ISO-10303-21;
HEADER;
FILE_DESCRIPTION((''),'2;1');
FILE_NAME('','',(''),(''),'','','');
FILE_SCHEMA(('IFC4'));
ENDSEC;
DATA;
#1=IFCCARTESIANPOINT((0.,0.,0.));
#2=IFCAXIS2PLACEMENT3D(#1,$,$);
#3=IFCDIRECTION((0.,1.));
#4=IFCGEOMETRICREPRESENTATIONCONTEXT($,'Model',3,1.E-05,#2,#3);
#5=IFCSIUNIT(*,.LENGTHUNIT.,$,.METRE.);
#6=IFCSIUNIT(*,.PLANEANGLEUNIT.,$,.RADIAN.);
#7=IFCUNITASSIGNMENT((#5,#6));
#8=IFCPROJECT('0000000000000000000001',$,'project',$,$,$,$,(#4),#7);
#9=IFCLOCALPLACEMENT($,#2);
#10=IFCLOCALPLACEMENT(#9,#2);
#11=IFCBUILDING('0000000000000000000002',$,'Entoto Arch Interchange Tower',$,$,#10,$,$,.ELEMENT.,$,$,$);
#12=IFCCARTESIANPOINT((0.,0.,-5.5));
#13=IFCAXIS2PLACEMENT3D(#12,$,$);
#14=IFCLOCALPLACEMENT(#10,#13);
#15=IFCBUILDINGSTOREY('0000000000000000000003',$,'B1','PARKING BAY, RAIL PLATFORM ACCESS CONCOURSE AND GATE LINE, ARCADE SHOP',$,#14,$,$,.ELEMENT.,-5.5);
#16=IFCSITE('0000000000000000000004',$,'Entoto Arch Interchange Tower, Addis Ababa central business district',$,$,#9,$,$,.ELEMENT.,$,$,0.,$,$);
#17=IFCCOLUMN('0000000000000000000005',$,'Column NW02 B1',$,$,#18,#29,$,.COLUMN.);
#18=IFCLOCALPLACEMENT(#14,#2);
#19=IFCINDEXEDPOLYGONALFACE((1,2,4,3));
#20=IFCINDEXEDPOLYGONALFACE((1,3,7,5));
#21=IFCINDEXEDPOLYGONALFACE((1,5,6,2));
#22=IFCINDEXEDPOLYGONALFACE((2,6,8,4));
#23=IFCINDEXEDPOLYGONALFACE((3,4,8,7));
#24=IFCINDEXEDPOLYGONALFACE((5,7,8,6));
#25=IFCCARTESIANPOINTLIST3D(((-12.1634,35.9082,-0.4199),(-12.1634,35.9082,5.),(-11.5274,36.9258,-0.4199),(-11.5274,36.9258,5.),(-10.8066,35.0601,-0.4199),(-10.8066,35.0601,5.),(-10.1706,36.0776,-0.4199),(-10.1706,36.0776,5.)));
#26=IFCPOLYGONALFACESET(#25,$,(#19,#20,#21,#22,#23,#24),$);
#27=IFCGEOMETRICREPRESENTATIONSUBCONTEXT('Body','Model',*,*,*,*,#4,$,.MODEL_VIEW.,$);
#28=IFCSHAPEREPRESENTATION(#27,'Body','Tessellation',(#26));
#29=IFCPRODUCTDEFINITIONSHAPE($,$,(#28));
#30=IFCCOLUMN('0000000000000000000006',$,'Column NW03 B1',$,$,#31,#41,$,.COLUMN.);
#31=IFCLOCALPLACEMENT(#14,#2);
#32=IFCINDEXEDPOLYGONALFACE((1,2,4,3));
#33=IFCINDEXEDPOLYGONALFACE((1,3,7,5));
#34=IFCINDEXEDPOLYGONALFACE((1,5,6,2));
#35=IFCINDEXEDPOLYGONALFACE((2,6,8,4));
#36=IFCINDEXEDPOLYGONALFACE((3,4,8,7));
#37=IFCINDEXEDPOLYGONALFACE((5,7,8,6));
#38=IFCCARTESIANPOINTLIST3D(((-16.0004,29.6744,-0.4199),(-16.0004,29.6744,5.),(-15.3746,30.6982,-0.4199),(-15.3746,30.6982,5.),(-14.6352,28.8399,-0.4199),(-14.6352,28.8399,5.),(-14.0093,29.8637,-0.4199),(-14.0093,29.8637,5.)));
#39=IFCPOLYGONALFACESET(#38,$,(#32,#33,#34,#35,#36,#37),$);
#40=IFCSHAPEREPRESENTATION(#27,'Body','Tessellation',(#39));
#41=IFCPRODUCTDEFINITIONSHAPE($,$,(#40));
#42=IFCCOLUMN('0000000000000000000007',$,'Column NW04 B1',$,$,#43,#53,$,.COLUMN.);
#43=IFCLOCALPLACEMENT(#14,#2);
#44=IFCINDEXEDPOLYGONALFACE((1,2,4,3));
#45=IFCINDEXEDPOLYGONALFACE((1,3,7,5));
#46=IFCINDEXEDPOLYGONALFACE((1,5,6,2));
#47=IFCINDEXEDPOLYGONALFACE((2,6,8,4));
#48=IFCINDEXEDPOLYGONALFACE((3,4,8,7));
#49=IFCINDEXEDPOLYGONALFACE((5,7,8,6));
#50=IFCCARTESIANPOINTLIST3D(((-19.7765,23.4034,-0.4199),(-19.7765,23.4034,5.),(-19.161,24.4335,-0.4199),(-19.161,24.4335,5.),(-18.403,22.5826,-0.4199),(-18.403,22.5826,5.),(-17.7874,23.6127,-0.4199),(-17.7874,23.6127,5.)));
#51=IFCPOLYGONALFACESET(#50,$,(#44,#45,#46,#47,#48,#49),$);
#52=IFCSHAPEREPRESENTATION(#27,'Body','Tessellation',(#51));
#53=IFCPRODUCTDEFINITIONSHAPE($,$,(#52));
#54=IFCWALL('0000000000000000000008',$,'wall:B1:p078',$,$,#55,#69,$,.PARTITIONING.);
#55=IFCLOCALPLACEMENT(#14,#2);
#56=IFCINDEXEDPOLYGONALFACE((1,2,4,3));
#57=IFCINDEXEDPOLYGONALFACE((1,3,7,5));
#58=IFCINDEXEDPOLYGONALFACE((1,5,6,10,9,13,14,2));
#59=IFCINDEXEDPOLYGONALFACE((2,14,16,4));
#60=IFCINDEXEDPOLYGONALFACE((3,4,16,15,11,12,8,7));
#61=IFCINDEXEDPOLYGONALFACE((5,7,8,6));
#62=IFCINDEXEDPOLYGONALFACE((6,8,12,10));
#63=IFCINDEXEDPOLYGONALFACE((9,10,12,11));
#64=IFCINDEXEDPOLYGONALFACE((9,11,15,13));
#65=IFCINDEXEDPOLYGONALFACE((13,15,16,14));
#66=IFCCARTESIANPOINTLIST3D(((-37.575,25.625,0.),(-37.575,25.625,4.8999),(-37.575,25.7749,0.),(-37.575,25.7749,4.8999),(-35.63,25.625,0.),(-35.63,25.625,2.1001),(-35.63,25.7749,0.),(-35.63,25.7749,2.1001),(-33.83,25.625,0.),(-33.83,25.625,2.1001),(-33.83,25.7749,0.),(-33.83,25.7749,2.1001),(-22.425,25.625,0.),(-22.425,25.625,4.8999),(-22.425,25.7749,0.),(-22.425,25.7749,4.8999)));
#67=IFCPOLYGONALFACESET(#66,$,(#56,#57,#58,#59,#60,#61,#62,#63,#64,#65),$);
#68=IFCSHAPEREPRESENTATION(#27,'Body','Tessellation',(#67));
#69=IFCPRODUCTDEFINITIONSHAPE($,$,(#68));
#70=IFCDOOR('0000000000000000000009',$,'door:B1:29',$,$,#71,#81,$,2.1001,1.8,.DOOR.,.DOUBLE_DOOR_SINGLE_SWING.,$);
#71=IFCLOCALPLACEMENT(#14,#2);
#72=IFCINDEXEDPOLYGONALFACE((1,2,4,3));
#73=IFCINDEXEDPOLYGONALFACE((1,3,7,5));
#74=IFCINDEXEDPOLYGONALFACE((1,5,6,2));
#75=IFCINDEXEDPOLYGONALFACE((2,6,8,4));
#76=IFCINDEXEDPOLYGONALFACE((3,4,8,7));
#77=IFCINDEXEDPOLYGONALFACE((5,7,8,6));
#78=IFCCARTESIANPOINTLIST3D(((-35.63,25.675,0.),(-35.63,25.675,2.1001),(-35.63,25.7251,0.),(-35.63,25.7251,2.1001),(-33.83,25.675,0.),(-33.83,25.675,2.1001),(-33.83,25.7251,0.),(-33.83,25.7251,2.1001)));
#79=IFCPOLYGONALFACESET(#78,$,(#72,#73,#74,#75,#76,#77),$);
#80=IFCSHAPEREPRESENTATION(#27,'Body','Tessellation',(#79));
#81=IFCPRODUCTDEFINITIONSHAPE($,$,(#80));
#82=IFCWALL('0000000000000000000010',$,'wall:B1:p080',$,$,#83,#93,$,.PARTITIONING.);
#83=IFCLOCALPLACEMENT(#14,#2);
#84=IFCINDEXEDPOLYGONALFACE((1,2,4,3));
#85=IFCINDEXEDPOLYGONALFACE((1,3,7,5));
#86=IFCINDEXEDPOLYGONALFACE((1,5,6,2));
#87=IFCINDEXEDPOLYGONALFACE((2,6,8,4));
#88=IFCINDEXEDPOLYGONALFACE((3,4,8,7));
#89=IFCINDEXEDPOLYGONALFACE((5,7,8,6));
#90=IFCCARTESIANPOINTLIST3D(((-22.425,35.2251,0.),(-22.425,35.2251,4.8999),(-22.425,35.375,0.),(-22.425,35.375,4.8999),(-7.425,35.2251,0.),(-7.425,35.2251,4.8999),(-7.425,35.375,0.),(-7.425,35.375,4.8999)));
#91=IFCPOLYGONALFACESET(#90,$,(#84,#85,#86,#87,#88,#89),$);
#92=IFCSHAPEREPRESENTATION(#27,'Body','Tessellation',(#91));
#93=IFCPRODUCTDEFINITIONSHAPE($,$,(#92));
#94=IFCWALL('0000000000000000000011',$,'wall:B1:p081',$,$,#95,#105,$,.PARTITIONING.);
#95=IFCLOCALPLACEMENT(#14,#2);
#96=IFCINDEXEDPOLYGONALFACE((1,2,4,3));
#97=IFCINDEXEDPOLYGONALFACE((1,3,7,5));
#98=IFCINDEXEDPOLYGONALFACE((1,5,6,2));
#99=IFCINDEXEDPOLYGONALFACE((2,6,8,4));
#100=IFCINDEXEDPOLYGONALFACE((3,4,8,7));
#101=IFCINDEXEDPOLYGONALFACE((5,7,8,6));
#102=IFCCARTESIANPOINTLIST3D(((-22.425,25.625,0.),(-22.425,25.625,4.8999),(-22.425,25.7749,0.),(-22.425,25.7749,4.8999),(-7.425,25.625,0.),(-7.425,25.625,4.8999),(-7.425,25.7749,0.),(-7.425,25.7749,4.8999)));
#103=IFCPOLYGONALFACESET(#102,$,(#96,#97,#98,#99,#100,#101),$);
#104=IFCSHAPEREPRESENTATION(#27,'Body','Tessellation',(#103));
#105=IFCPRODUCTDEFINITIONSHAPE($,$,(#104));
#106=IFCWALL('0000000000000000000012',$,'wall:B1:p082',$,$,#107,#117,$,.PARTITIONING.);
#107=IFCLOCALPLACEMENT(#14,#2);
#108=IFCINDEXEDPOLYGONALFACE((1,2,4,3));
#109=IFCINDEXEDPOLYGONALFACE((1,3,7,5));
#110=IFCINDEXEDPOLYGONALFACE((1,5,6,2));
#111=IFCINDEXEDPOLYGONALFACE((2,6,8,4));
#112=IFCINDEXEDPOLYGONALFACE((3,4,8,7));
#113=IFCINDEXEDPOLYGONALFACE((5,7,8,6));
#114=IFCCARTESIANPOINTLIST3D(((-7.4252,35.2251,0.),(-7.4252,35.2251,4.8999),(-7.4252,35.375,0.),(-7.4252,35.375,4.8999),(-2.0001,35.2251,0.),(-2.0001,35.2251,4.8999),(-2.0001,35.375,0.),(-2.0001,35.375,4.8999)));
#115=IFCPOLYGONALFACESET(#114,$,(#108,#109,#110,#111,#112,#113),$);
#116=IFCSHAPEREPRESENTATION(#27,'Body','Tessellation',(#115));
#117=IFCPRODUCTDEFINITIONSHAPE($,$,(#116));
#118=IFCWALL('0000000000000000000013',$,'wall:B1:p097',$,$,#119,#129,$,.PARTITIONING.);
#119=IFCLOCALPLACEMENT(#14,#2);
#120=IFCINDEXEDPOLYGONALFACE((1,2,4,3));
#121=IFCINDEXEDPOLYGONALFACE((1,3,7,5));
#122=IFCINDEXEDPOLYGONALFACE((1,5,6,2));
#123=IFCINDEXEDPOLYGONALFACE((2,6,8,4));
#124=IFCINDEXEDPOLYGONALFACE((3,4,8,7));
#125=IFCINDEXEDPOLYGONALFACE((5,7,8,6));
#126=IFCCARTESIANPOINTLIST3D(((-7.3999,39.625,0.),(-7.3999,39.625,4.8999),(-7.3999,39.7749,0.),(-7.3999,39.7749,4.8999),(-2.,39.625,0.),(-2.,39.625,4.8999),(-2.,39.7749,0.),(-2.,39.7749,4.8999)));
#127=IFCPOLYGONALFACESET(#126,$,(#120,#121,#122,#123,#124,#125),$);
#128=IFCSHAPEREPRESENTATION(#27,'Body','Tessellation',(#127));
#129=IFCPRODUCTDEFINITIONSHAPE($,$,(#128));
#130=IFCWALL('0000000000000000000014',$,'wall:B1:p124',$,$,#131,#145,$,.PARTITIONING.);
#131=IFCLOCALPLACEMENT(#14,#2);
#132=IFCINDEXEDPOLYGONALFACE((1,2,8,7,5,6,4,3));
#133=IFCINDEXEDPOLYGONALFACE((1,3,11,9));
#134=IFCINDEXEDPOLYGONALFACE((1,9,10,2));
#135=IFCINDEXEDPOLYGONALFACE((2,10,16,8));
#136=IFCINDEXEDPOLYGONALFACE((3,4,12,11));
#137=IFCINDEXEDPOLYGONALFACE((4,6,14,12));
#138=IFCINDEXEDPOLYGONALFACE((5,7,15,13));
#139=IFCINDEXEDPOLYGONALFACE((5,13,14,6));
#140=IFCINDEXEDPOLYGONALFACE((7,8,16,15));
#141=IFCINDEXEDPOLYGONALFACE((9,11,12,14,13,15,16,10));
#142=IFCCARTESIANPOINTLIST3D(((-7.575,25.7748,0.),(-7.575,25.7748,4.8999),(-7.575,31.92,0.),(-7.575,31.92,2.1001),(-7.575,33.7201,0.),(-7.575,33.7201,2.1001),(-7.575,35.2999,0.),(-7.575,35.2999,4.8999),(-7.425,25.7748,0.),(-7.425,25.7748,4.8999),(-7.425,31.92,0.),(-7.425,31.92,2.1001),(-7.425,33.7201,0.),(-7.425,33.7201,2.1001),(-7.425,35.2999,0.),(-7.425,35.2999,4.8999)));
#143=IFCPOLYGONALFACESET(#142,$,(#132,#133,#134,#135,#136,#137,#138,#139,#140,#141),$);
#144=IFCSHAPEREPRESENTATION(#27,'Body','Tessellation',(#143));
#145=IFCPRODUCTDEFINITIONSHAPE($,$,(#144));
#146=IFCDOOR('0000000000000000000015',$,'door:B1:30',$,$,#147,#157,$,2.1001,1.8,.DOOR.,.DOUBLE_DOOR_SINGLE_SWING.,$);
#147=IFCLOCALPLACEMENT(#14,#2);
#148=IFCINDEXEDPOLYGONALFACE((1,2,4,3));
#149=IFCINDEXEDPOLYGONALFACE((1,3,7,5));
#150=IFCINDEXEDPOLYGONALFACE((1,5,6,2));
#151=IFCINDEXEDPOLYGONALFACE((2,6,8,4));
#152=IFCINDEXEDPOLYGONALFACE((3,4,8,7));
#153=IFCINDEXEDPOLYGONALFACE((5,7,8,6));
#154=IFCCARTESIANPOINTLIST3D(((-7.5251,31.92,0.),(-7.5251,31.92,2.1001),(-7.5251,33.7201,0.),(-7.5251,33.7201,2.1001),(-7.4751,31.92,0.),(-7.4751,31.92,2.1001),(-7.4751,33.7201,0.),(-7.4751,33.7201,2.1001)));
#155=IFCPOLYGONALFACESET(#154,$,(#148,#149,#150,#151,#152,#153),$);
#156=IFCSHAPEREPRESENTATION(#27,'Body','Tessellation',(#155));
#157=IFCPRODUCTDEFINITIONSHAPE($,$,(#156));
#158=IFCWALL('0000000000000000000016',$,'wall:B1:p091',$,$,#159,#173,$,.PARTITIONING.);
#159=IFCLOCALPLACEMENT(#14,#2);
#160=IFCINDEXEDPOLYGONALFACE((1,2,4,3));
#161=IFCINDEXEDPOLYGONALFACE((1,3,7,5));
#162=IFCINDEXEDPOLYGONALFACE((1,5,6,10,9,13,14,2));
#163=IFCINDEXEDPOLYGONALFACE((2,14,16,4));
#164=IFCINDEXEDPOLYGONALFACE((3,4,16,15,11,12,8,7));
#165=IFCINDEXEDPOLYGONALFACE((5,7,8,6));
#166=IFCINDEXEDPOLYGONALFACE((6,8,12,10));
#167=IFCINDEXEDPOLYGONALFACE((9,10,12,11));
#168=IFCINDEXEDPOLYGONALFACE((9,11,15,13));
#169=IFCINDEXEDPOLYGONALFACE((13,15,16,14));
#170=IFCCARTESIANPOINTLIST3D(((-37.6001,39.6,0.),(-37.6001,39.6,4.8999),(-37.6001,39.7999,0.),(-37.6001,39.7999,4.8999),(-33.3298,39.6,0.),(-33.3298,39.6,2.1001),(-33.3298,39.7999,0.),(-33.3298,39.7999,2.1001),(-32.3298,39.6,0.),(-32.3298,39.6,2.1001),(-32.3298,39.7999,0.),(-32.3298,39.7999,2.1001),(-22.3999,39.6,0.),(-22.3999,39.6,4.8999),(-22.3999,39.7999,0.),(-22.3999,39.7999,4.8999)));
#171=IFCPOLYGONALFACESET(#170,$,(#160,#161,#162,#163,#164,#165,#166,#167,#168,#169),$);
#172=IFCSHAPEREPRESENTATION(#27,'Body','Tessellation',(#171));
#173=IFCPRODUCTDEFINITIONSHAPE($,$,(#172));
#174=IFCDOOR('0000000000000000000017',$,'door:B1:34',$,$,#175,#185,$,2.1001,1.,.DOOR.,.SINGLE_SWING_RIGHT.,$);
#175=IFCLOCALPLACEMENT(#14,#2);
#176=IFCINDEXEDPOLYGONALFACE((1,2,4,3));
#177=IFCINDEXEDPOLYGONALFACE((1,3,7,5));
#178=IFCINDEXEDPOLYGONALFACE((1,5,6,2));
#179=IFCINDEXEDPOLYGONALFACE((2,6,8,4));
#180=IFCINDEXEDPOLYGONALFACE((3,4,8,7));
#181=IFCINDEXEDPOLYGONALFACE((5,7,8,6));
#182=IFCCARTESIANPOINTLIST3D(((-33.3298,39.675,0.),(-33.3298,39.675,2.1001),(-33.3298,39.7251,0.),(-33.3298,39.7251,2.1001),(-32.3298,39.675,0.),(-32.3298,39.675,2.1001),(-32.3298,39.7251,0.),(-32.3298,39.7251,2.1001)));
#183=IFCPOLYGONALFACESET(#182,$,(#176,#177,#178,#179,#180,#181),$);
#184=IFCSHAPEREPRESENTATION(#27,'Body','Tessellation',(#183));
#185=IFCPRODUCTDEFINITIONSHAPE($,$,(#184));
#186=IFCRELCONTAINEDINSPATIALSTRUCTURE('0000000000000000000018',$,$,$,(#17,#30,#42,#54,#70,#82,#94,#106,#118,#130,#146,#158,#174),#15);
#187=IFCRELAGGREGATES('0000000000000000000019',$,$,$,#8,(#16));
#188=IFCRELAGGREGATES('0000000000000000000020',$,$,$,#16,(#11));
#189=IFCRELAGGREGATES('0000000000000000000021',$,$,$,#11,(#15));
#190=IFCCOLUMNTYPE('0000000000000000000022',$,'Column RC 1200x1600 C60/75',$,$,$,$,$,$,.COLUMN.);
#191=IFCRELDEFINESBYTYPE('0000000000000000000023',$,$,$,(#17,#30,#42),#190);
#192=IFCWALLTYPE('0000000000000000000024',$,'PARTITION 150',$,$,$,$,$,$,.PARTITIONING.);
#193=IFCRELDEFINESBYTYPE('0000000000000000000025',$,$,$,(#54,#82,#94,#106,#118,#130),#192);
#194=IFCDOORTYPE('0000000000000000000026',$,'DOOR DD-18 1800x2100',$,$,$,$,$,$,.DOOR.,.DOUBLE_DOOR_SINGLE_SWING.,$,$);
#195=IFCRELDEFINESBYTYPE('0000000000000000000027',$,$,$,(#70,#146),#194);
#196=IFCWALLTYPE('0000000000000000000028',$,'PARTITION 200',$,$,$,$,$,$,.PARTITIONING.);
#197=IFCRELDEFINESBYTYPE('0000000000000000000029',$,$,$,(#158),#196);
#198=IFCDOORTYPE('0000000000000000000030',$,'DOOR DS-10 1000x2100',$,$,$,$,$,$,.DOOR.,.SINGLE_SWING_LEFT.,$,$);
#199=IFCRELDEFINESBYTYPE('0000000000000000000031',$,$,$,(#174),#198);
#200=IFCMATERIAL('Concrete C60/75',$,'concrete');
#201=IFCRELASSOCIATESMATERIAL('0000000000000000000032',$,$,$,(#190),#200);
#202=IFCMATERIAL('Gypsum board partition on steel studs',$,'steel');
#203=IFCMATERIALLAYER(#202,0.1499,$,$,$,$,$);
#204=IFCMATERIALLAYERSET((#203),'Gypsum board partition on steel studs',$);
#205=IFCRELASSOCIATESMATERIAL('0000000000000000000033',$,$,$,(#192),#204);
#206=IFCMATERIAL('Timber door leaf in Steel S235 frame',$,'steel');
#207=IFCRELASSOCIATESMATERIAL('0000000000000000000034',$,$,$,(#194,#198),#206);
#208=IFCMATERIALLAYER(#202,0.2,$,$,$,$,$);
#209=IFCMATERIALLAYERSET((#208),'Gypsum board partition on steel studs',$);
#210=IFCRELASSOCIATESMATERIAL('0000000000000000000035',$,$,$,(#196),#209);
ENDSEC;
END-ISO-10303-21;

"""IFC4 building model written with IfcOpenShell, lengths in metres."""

from ifc_helpers import new_model, si_unit, direction, frame, frame_2d, origin, origin_2d, place, context, subcontext, project, spatial, rectangle, extrude, material, layer, layer_set, material_profile, profile_set, type_object, element, fill, save


model = new_model("IFC4")

# Units and contexts
model_context = context("Model", 3, precision=1e-05, world=origin(), true_north=direction((0.0, 1.0)))
body_context = subcontext(model_context, "Body", "Model", "MODEL_VIEW")
ifc_project = project(units=[si_unit("LENGTHUNIT", "METRE"), si_unit("PLANEANGLEUNIT", "RADIAN")], contexts=[model_context])

# Site, building, storey
site_placement = place(None, origin())
site = spatial("IfcSite", under=ifc_project, at=site_placement, Name="Entoto Arch Interchange Tower, Addis Ababa central business district", CompositionType="ELEMENT", RefElevation=0.0)
building_placement = place(site_placement, origin())
building = spatial("IfcBuilding", under=site, at=building_placement, Name="Entoto Arch Interchange Tower", CompositionType="ELEMENT")
storey_placement = place(building_placement, frame((0.0, 0.0, -5.5)))
storey = spatial("IfcBuildingStorey", under=building, at=storey_placement, Name="B1", Description="PARKING BAY, RAIL PLATFORM ACCESS CONCOURSE AND GATE LINE, ARCADE SHOP", CompositionType="ELEMENT", Elevation=-5.5)

# Columns
ifc_material_1 = material(Name="Concrete C60/75", Category="concrete")
ifc_material_profile = material_profile(ifc_material_1, rectangle(XDim=1.2, YDim=1.6001, at=origin_2d()))
ifc_profile_set = profile_set([ifc_material_profile], Name="Concrete C60/75")
column_type = type_object("IfcColumnType", Name="Column RC 1200x1600 C60/75", PredefinedType="COLUMN", material=ifc_profile_set)
for number, where, z_axis, x_axis, name in (
    (1, (-11.167, 35.9929, -0.4199), (0.0, 0.0, 1.0), (0.530067, 0.847956, 0.0), "Column NW02 B1"),
    (2, (-15.0049, 29.769, -0.4199), (0.0, 0.0, 1.0), (0.521546, 0.853223, 0.0), "Column NW03 B1"),
    (3, (-18.782, 23.5081, -0.4199), (0.0, 0.0, 1.0), (0.512972, 0.858405, 0.0), "Column NW04 B1"),
):
    element("IfcColumn", number, at=place(storey_placement, frame(where, z_axis=z_axis, x_axis=x_axis)), inside=storey, type_object=column_type, Name=name, PredefinedType="COLUMN", context=body_context, shape_type="SweptSolid", body=[
        extrude(rectangle(XDim=1.2, YDim=1.6001, at=origin_2d()), origin(), (0.0, 0.0, 1.0), 5.4199),
    ])

# Wall, opening, door
ifc_material_2 = material(Name="Gypsum board partition on steel studs", Category="steel")
ifc_layer_1 = layer(ifc_material_2, 0.1499)
ifc_layer_set_1 = layer_set([ifc_layer_1], Name="Gypsum board partition on steel studs")
wall_type_1 = type_object("IfcWallType", Name="PARTITION 150", PredefinedType="PARTITIONING", material=ifc_layer_set_1)
wall_1_placement = place(storey_placement, frame((-22.425, 25.7, 0.0), z_axis=(0.0, 0.0, 1.0), x_axis=(-1.0, 0.0, 0.0)))
wall_1 = element("IfcWall", 4, at=wall_1_placement, inside=storey, type_object=wall_type_1, Name="wall:B1:p078", PredefinedType="PARTITIONING", context=body_context, shape_type="SweptSolid", body=[
    extrude(rectangle(XDim=15.1499, YDim=0.1499, at=frame_2d((7.575, 0.0))), origin(), (0.0, 0.0, 1.0), 4.8999),
])
opening_1_placement = place(wall_1_placement, frame((11.405, 0.0, 0.0)))
opening_1 = element("IfcOpeningElement", 5, at=opening_1_placement, cuts=wall_1, PredefinedType="OPENING", context=body_context, shape_type="SweptSolid", body=[
    extrude(rectangle(XDim=1.8, YDim=2.1001, at=frame_2d((0.8999, 1.05))), frame((0.0, 0.085, 0.0), z_axis=(0.0, -1.0, 0.0), x_axis=(1.0, 0.0, 0.0)), (0.0, 0.0, 1.0), 0.1699),
])
ifc_material_3 = material(Name="Timber door leaf in Steel S235 frame", Category="steel")
door_type_1 = type_object("IfcDoorType", Name="DOOR DD-18 1800x2100", OperationType="DOUBLE_DOOR_SINGLE_SWING", PredefinedType="DOOR", material=ifc_material_3)
door_1_placement = place(opening_1_placement, origin())
door_1 = element("IfcDoor", 6, at=door_1_placement, inside=storey, type_object=door_type_1, Name="door:B1:29", OperationType="DOUBLE_DOOR_SINGLE_SWING", OverallHeight=2.1001, OverallWidth=1.8, PredefinedType="DOOR", context=body_context, shape_type="SweptSolid", body=[
    extrude(rectangle(XDim=1.8, YDim=2.1001, at=frame_2d((0.8999, 1.05))), frame((0.0, 0.0249, 0.0), z_axis=(0.0, -1.0, 0.0), x_axis=(1.0, 0.0, 0.0)), (0.0, 0.0, 1.0), 0.05),
])
fill(opening_1, door_1)

# Walls
for number, where, z_axis, x_axis, name in (
    (7, (-22.425, 35.3, 0.0), (0.0, 0.0, 1.0), (1.0, 0.0, 0.0), "wall:B1:p080"),
    (8, (-7.425, 25.7, 0.0), (0.0, 0.0, 1.0), (-1.0, 0.0, 0.0), "wall:B1:p081"),
):
    element("IfcWall", number, at=place(storey_placement, frame(where, z_axis=z_axis, x_axis=x_axis)), inside=storey, type_object=wall_type_1, Name=name, PredefinedType="PARTITIONING", context=body_context, shape_type="SweptSolid", body=[
        extrude(rectangle(XDim=15.0, YDim=0.1499, at=frame_2d((7.5, 0.0))), origin(), (0.0, 0.0, 1.0), 4.8999),
    ])
wall_2_placement = place(storey_placement, frame((-7.425, 35.3, 0.0), z_axis=(0.0, 0.0, 1.0), x_axis=(1.0, 0.0, 0.0)))
element("IfcWall", 9, at=wall_2_placement, inside=storey, type_object=wall_type_1, Name="wall:B1:p082", PredefinedType="PARTITIONING", context=body_context, shape_type="SweptSolid", body=[
    extrude(rectangle(XDim=5.425, YDim=0.1499, at=frame_2d((2.7124, 0.0))), origin(), (0.0, 0.0, 1.0), 4.8999),
])
wall_3_placement = place(storey_placement, frame((-2.0, 39.7, 0.0), z_axis=(0.0, 0.0, 1.0), x_axis=(-1.0, 0.0, 0.0)))
element("IfcWall", 10, at=wall_3_placement, inside=storey, type_object=wall_type_1, Name="wall:B1:p097", PredefinedType="PARTITIONING", context=body_context, shape_type="SweptSolid", body=[
    extrude(rectangle(XDim=5.3999, YDim=0.1499, at=frame_2d((2.7, 0.0))), origin(), (0.0, 0.0, 1.0), 4.8999),
])

# Walls, openings, doors
wall_4_placement = place(storey_placement, frame((-7.5, 35.3, 0.0), z_axis=(0.0, 0.0, 1.0), x_axis=(0.0, -1.0, 0.0)))
wall_4 = element("IfcWall", 11, at=wall_4_placement, inside=storey, type_object=wall_type_1, Name="wall:B1:p124", PredefinedType="PARTITIONING", context=body_context, shape_type="SweptSolid", body=[
    extrude(rectangle(XDim=9.5251, YDim=0.1499, at=frame_2d((4.7627, 0.0))), origin(), (0.0, 0.0, 1.0), 4.8999),
])
opening_2_placement = place(wall_4_placement, frame((1.5801, 0.0, 0.0)))
opening_2 = element("IfcOpeningElement", 12, at=opening_2_placement, cuts=wall_4, PredefinedType="OPENING", context=body_context, shape_type="SweptSolid", body=[
    extrude(rectangle(XDim=1.8, YDim=2.1001, at=frame_2d((0.8999, 1.05))), frame((0.0, 0.085, 0.0), z_axis=(0.0, -1.0, 0.0), x_axis=(1.0, 0.0, 0.0)), (0.0, 0.0, 1.0), 0.1699),
])
door_2_placement = place(opening_2_placement, origin())
door_2 = element("IfcDoor", 13, at=door_2_placement, inside=storey, type_object=door_type_1, Name="door:B1:30", OperationType="DOUBLE_DOOR_SINGLE_SWING", OverallHeight=2.1001, OverallWidth=1.8, PredefinedType="DOOR", context=body_context, shape_type="SweptSolid", body=[
    extrude(rectangle(XDim=1.8, YDim=2.1001, at=frame_2d((0.8999, 1.05))), frame((0.0, 0.0249, 0.0), z_axis=(0.0, -1.0, 0.0), x_axis=(1.0, 0.0, 0.0)), (0.0, 0.0, 1.0), 0.05),
])
fill(opening_2, door_2)
ifc_layer_2 = layer(ifc_material_2, 0.2)
ifc_layer_set_2 = layer_set([ifc_layer_2], Name="Gypsum board partition on steel studs")
wall_type_2 = type_object("IfcWallType", Name="PARTITION 200", PredefinedType="PARTITIONING", material=ifc_layer_set_2)
wall_5_placement = place(storey_placement, frame((-22.3999, 39.7, 0.0), z_axis=(0.0, 0.0, 1.0), x_axis=(-1.0, 0.0, 0.0)))
wall_5 = element("IfcWall", 14, at=wall_5_placement, inside=storey, type_object=wall_type_2, Name="wall:B1:p091", PredefinedType="PARTITIONING", context=body_context, shape_type="SweptSolid", body=[
    extrude(rectangle(XDim=15.2002, YDim=0.2, at=frame_2d((7.6001, 0.0))), origin(), (0.0, 0.0, 1.0), 4.8999),
])
opening_3_placement = place(wall_5_placement, frame((9.9299, 0.0, 0.0)))
opening_3 = element("IfcOpeningElement", 15, at=opening_3_placement, cuts=wall_5, PredefinedType="OPENING", context=body_context, shape_type="SweptSolid", body=[
    extrude(rectangle(XDim=1.0, YDim=2.1001, at=frame_2d((0.5, 1.05))), frame((0.0, 0.1099, 0.0), z_axis=(0.0, -1.0, 0.0), x_axis=(1.0, 0.0, 0.0)), (0.0, 0.0, 1.0), 0.22),
])
door_type_2 = type_object("IfcDoorType", Name="DOOR DS-10 1000x2100", OperationType="SINGLE_SWING_LEFT", PredefinedType="DOOR", material=ifc_material_3)
door_3_placement = place(opening_3_placement, origin())
door_3 = element("IfcDoor", 16, at=door_3_placement, inside=storey, type_object=door_type_2, Name="door:B1:34", OperationType="SINGLE_SWING_RIGHT", OverallHeight=2.1001, OverallWidth=1.0, PredefinedType="DOOR", context=body_context, shape_type="SweptSolid", body=[
    extrude(rectangle(XDim=1.0, YDim=2.1001, at=frame_2d((0.5, 1.05))), frame((0.0, 0.0249, 0.0), z_axis=(0.0, -1.0, 0.0), x_axis=(1.0, 0.0, 0.0)), (0.0, 0.0, 1.0), 0.05),
])
fill(opening_3, door_3)

save(model, "model.ifc")
